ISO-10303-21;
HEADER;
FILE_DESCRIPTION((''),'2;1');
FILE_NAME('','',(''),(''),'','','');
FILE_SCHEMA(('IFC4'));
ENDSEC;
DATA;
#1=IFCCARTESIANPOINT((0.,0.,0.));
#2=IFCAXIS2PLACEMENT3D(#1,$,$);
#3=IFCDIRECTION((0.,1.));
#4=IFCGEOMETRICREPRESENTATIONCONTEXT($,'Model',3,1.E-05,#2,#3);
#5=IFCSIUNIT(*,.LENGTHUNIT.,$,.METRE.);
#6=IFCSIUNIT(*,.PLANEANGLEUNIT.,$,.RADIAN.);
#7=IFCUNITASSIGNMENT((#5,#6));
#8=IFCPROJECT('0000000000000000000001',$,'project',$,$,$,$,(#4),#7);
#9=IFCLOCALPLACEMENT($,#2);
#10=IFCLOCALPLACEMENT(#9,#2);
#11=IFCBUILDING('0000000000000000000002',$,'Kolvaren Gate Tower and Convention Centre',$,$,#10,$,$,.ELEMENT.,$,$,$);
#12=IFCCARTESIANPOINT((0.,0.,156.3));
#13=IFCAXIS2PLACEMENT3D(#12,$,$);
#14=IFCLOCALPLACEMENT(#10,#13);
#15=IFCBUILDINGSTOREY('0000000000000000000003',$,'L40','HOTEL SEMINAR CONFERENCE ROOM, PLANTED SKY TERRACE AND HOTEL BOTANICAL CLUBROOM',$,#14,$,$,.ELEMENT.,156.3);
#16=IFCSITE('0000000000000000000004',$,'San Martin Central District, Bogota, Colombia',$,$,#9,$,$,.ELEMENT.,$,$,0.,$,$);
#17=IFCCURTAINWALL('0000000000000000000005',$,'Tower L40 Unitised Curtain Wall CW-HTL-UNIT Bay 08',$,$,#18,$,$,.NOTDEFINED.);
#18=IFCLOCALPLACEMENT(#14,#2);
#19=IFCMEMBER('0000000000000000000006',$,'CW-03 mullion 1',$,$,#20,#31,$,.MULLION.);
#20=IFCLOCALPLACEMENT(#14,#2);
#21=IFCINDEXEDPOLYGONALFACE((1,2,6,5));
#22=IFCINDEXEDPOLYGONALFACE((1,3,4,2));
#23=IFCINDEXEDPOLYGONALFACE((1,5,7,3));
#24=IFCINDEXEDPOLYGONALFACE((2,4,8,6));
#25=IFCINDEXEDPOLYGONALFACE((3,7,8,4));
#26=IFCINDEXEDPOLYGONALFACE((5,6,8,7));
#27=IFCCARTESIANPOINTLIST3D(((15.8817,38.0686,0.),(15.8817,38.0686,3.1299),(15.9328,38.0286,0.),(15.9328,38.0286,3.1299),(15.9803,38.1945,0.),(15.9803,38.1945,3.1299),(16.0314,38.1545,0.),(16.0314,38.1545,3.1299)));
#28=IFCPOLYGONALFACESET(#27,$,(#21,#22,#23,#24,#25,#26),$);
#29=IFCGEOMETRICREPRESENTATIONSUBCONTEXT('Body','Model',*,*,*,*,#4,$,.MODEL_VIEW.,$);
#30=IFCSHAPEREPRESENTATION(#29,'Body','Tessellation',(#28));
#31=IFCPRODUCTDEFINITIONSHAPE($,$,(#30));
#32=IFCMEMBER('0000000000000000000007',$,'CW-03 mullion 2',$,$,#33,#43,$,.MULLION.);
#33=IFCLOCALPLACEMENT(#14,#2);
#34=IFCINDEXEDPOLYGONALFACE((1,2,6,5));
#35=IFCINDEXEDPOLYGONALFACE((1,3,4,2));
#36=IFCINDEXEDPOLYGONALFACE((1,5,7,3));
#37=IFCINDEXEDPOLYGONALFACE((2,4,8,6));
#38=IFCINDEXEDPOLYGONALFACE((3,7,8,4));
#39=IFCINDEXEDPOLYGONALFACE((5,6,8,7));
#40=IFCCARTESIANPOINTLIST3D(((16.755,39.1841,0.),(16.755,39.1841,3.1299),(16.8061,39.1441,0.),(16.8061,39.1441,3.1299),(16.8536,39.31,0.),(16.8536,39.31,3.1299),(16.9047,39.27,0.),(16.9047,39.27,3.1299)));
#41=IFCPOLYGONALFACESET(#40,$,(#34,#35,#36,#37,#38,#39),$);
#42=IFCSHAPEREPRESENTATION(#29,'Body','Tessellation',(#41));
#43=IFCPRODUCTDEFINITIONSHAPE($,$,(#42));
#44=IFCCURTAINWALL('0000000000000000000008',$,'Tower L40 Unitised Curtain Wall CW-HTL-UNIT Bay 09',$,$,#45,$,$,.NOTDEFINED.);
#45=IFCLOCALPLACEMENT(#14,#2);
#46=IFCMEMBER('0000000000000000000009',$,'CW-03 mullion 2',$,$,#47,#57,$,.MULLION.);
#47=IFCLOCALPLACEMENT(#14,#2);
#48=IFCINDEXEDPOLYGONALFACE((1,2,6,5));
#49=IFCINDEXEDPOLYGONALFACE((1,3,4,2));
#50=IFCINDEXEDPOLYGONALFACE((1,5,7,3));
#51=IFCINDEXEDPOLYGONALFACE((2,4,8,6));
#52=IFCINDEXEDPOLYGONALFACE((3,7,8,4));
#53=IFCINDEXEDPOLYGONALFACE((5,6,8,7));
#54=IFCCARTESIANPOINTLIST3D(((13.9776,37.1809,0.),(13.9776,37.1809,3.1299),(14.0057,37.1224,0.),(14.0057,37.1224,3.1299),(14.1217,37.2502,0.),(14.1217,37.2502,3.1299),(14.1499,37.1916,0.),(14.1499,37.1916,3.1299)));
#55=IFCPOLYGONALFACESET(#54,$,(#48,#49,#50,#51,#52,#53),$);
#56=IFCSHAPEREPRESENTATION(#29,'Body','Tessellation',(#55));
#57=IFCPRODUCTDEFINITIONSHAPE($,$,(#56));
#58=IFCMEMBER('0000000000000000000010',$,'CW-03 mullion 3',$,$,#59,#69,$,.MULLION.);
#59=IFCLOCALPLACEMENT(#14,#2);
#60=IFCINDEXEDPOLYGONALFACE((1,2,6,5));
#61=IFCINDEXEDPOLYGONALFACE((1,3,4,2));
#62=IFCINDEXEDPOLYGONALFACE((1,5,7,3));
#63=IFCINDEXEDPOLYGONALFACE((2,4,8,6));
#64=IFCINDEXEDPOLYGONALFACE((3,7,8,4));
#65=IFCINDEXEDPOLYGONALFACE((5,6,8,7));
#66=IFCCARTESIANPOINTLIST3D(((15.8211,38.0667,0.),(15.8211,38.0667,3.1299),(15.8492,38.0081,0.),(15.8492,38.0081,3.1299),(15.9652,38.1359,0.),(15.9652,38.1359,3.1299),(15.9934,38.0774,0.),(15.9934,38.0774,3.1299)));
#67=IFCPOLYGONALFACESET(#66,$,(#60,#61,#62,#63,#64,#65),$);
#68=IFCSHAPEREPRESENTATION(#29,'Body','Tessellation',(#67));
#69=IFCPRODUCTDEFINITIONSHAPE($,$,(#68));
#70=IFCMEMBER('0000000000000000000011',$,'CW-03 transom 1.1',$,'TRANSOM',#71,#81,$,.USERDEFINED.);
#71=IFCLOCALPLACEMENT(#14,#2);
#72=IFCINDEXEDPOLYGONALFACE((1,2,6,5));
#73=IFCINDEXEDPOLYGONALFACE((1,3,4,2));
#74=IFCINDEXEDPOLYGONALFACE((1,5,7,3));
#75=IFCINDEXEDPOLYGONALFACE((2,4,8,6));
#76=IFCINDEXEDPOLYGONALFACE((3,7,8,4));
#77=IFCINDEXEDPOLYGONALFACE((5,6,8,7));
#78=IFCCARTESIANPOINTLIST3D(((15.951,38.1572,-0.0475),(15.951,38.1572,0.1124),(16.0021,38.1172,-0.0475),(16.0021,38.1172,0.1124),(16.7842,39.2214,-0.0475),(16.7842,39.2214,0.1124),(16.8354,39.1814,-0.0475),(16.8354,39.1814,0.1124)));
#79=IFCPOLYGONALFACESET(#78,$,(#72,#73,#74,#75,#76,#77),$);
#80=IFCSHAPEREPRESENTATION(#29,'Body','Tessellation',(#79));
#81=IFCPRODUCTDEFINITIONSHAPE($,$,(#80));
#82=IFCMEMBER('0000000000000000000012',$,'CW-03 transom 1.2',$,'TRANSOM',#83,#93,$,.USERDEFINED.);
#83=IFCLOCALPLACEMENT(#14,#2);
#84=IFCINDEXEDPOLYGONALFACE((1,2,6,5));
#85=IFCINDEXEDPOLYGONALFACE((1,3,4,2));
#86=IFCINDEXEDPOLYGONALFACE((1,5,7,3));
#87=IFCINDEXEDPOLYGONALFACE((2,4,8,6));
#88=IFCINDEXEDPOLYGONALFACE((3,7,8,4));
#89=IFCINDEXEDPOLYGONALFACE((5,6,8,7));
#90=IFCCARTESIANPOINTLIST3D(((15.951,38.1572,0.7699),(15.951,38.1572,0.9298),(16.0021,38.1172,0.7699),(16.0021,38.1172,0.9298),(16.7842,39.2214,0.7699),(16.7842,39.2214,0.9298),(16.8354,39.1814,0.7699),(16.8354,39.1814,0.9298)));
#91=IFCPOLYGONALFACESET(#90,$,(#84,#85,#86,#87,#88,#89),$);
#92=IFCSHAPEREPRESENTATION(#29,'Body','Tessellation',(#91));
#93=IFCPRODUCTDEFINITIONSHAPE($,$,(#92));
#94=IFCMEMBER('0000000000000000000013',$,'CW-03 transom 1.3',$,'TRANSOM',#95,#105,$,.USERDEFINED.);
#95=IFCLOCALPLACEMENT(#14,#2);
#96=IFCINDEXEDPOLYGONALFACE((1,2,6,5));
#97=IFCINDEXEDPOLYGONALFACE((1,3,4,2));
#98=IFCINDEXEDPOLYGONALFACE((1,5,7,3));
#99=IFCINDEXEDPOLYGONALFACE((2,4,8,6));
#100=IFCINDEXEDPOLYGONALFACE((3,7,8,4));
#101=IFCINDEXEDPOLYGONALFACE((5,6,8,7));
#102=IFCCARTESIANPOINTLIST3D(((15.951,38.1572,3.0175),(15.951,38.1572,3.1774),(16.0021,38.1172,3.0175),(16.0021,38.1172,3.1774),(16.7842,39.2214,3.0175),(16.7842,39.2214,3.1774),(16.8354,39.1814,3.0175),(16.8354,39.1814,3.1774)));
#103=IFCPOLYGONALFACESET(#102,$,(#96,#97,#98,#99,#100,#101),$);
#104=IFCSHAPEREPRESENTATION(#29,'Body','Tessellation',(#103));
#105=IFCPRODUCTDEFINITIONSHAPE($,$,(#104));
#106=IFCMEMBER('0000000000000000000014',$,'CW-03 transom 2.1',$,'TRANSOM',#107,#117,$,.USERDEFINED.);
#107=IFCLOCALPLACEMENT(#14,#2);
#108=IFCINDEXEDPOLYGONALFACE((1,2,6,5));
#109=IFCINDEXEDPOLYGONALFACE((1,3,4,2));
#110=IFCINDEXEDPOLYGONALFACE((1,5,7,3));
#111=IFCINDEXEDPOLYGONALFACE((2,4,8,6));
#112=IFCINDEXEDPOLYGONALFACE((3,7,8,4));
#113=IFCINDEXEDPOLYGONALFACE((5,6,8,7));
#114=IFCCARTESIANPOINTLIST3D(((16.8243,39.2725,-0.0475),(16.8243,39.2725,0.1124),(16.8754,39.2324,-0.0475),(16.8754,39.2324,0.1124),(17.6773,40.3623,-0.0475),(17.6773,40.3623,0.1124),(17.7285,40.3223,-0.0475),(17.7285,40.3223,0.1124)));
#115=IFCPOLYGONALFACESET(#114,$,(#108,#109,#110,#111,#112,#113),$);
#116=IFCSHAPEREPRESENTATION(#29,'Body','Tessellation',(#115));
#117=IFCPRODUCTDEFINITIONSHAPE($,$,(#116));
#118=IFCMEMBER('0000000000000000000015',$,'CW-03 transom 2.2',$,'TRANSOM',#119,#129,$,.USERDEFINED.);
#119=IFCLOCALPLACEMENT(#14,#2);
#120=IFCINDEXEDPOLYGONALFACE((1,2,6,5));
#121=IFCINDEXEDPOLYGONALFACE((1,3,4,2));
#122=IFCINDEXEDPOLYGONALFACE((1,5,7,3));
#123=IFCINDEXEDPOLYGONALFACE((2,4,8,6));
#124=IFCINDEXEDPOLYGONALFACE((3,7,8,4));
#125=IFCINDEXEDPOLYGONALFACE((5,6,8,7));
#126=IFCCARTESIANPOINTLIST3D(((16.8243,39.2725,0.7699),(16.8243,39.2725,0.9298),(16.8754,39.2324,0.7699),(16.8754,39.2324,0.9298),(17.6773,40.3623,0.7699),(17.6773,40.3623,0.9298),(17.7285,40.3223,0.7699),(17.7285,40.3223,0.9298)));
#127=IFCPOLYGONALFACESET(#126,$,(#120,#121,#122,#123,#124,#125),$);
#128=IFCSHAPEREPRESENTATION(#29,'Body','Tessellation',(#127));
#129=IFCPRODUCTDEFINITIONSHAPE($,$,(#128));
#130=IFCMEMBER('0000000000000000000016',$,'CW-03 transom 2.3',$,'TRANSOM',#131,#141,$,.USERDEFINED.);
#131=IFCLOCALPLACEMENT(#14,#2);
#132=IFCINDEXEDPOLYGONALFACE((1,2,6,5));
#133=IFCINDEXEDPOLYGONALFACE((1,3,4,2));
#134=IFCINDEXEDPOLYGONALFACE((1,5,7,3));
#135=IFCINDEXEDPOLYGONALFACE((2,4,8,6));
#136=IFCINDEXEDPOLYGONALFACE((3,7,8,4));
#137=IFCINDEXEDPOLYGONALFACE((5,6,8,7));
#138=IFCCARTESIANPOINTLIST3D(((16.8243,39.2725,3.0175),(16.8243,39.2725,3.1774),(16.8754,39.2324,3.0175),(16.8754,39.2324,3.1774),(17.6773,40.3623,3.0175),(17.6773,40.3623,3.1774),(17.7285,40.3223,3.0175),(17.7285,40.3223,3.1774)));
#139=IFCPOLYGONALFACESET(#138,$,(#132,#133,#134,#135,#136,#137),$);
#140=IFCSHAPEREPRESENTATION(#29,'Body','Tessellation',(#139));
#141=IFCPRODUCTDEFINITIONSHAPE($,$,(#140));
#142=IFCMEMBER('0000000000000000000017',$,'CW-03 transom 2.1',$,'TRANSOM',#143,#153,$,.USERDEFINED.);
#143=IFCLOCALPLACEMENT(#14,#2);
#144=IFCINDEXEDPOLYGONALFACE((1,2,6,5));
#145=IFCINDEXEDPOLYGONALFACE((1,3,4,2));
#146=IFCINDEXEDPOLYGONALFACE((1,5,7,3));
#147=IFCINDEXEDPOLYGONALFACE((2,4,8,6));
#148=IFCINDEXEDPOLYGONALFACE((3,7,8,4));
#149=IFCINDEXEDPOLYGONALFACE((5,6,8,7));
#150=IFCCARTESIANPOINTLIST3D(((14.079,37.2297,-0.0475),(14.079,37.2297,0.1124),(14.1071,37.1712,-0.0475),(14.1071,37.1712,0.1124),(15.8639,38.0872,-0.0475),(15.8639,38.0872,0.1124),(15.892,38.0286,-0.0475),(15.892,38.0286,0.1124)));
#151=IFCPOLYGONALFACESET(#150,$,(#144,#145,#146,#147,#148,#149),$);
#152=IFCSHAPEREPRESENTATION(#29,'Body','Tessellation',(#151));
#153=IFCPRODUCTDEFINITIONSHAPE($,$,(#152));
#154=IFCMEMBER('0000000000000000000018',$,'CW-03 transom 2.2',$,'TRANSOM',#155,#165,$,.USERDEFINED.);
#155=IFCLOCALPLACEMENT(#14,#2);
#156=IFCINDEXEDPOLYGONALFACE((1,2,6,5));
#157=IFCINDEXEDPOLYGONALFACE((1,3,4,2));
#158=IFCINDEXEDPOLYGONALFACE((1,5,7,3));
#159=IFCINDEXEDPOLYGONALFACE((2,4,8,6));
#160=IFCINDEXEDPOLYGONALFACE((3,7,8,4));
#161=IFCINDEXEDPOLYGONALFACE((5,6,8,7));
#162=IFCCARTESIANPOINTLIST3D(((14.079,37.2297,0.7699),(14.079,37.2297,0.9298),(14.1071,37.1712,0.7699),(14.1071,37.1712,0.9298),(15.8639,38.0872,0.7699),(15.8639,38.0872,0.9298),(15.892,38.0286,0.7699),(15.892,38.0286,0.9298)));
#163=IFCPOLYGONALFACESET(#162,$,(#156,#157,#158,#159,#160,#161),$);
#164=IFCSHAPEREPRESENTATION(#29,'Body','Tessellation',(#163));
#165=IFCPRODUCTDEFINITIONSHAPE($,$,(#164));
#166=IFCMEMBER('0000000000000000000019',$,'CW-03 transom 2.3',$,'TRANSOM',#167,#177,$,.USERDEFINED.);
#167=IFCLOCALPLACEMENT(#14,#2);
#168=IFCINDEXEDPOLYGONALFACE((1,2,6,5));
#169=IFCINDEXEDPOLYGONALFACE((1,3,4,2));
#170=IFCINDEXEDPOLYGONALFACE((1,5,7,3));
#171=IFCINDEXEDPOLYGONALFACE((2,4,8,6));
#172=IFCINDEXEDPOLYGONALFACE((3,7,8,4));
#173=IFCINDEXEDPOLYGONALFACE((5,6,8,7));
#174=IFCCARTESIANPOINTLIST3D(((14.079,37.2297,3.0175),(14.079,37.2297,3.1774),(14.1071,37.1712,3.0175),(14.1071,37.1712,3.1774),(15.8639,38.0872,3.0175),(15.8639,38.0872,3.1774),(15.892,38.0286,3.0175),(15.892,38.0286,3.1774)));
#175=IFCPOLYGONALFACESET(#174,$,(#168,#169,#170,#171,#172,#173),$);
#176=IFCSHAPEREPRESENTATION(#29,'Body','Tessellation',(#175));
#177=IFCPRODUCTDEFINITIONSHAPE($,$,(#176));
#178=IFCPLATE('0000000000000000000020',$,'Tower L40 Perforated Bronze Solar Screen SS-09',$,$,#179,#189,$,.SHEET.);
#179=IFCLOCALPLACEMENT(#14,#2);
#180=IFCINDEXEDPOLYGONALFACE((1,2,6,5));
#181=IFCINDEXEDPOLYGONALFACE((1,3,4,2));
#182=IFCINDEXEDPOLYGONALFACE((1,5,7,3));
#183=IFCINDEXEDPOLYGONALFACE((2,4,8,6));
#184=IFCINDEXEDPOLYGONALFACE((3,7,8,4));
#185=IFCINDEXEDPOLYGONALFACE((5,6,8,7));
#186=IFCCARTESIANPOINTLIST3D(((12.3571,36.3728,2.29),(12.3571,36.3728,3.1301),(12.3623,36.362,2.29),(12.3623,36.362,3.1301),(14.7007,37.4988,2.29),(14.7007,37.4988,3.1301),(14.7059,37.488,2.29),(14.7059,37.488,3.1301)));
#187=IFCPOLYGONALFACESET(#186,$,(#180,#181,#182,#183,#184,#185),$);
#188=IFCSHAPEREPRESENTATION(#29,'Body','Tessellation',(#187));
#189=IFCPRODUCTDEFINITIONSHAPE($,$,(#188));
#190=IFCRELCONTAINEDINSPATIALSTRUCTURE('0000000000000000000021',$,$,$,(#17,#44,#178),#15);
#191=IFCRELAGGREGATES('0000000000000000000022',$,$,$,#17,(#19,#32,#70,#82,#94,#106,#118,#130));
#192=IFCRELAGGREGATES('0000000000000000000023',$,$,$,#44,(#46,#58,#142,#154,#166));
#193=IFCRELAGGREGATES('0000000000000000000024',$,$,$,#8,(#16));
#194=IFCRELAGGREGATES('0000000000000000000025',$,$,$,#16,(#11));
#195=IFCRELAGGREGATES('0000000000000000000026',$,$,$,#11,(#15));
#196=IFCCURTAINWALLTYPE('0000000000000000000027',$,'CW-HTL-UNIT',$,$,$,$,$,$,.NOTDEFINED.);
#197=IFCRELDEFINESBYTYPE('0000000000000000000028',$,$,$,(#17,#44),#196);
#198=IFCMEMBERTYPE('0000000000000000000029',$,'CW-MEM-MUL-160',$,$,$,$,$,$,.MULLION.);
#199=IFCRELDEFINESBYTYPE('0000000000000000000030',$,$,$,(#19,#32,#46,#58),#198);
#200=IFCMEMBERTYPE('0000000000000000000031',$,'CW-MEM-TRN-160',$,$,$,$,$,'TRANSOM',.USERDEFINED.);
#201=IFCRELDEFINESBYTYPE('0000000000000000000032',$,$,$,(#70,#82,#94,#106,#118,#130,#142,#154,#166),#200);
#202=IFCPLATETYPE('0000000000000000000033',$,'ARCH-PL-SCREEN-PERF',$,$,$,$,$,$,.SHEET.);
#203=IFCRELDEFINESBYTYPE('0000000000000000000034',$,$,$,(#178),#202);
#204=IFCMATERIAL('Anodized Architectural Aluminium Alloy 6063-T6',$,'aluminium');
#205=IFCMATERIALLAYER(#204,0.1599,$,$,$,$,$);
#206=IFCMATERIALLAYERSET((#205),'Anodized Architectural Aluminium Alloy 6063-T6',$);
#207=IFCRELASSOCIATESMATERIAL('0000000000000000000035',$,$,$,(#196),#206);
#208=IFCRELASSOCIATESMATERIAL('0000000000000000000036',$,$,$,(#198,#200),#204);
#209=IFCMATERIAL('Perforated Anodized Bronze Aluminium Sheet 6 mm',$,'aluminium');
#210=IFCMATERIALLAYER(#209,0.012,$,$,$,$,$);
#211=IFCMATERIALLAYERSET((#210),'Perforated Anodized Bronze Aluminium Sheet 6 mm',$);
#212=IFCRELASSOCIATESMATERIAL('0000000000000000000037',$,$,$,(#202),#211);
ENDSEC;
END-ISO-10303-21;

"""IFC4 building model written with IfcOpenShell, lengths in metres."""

from ifc_helpers import new_model, si_unit, direction, frame, origin, origin_2d, place, context, subcontext, project, spatial, rectangle, extrude, material, layer, layer_set, material_profile, profile_set, type_object, element, aggregate, save


model = new_model("IFC4")

# Units and contexts
model_context = context("Model", 3, precision=1e-05, world=origin(), true_north=direction((0.0, 1.0)))
body_context = subcontext(model_context, "Body", "Model", "MODEL_VIEW")
ifc_project = project(units=[si_unit("LENGTHUNIT", "METRE"), si_unit("PLANEANGLEUNIT", "RADIAN")], contexts=[model_context])

# Site, building, storey
site_placement = place(None, origin())
site = spatial("IfcSite", under=ifc_project, at=site_placement, Name="San Martin Central District, Bogota, Colombia", CompositionType="ELEMENT", RefElevation=0.0)
building_placement = place(site_placement, origin())
building = spatial("IfcBuilding", under=site, at=building_placement, Name="Kolvaren Gate Tower and Convention Centre", CompositionType="ELEMENT")
storey_placement = place(building_placement, frame((0.0, 0.0, 156.3)))
storey = spatial("IfcBuildingStorey", under=building, at=storey_placement, Name="L40", Description="HOTEL SEMINAR CONFERENCE ROOM, PLANTED SKY TERRACE AND HOTEL BOTANICAL CLUBROOM", CompositionType="ELEMENT", Elevation=156.3)

# Curtain walls, members
ifc_material_1 = material(Name="Anodized Architectural Aluminium Alloy 6063-T6", Category="aluminium")
ifc_layer_1 = layer(ifc_material_1, 0.1599)
ifc_layer_set_1 = layer_set([ifc_layer_1], Name="Anodized Architectural Aluminium Alloy 6063-T6")
curtain_wall_type = type_object("IfcCurtainWallType", Name="CW-HTL-UNIT", PredefinedType="NOTDEFINED", material=ifc_layer_set_1)
curtain_wall_1_placement = place(storey_placement, origin())
curtain_wall_1 = element("IfcCurtainWall", 1, at=curtain_wall_1_placement, inside=storey, type_object=curtain_wall_type, Name="Tower L40 Unitised Curtain Wall CW-HTL-UNIT Bay 08", PredefinedType="NOTDEFINED")
ifc_material_profile_1 = material_profile(ifc_material_1, rectangle(XDim=0.0649, YDim=0.1599, at=origin_2d()), Name="CW-MEM-MUL-160")
ifc_profile_set_1 = profile_set([ifc_material_profile_1], Name="Anodized Architectural Aluminium Alloy 6063-T6")
member_type_1 = type_object("IfcMemberType", Name="CW-MEM-MUL-160", PredefinedType="MULLION", material=ifc_profile_set_1)
member_1_placement = place(storey_placement, frame((15.9565, 38.1116, 0.0), z_axis=(0.0, 0.0, 1.0), x_axis=(-0.787395, 0.616449, 0.0)))
member_1 = element("IfcMember", 2, at=member_1_placement, type_object=member_type_1, Name="CW-03 mullion 1", PredefinedType="MULLION", context=body_context, shape_type="SweptSolid", body=[
    extrude(rectangle(XDim=0.0649, YDim=0.1599, at=origin_2d()), origin(), (0.0, 0.0, 1.0), 3.1299),
])
member_2_placement = place(storey_placement, frame((16.8298, 39.2271, 0.0), z_axis=(0.0, 0.0, 1.0), x_axis=(-0.787395, 0.616449, 0.0)))
member_2 = element("IfcMember", 3, at=member_2_placement, type_object=member_type_1, Name="CW-03 mullion 2", PredefinedType="MULLION", context=body_context, shape_type="SweptSolid", body=[
    extrude(rectangle(XDim=0.0649, YDim=0.1599, at=origin_2d()), origin(), (0.0, 0.0, 1.0), 3.1299),
])
curtain_wall_2_placement = place(storey_placement, origin())
curtain_wall_2 = element("IfcCurtainWall", 4, at=curtain_wall_2_placement, inside=storey, type_object=curtain_wall_type, Name="Tower L40 Unitised Curtain Wall CW-HTL-UNIT Bay 09", PredefinedType="NOTDEFINED")
member_3_placement = place(storey_placement, frame((14.0637, 37.1863, 0.0), z_axis=(0.0, 0.0, 1.0), x_axis=(-0.433065, 0.901363, 0.0)))
member_3 = element("IfcMember", 5, at=member_3_placement, type_object=member_type_1, Name="CW-03 mullion 2", PredefinedType="MULLION", context=body_context, shape_type="SweptSolid", body=[
    extrude(rectangle(XDim=0.0649, YDim=0.1599, at=origin_2d()), origin(), (0.0, 0.0, 1.0), 3.1299),
])
member_4_placement = place(storey_placement, frame((15.9072, 38.072, 0.0), z_axis=(0.0, 0.0, 1.0), x_axis=(-0.433065, 0.901363, 0.0)))
member_4 = element("IfcMember", 6, at=member_4_placement, type_object=member_type_1, Name="CW-03 mullion 3", PredefinedType="MULLION", context=body_context, shape_type="SweptSolid", body=[
    extrude(rectangle(XDim=0.0649, YDim=0.1599, at=origin_2d()), origin(), (0.0, 0.0, 1.0), 3.1299),
])

# Members
ifc_material_profile_2 = material_profile(ifc_material_1, rectangle(XDim=0.0649, YDim=0.1599, at=origin_2d()), Name="CW-MEM-TRN-160")
ifc_profile_set_2 = profile_set([ifc_material_profile_2], Name="Anodized Architectural Aluminium Alloy 6063-T6")
member_type_2 = type_object("IfcMemberType", Name="CW-MEM-TRN-160", ElementType="TRANSOM", PredefinedType="USERDEFINED", material=ifc_profile_set_2)
member_5_placement = place(storey_placement, frame((15.9766, 38.1372, 0.0325), z_axis=(0.616488, 0.787364, 0.0), x_axis=(-0.787364, 0.616488, 0.0)))
member_5 = element("IfcMember", 7, at=member_5_placement, type_object=member_type_2, Name="CW-03 transom 1.1", ObjectType="TRANSOM", PredefinedType="USERDEFINED", context=body_context, shape_type="SweptSolid", body=[
    extrude(rectangle(XDim=0.0649, YDim=0.1599, at=origin_2d()), origin(), (0.0, 0.0, 1.0), 1.3516),
])
member_6_placement = place(storey_placement, frame((15.9766, 38.1372, 0.8499), z_axis=(0.616488, 0.787364, 0.0), x_axis=(-0.787364, 0.616488, 0.0)))
member_6 = element("IfcMember", 8, at=member_6_placement, type_object=member_type_2, Name="CW-03 transom 1.2", ObjectType="TRANSOM", PredefinedType="USERDEFINED", context=body_context, shape_type="SweptSolid", body=[
    extrude(rectangle(XDim=0.0649, YDim=0.1599, at=origin_2d()), origin(), (0.0, 0.0, 1.0), 1.3516),
])
member_7_placement = place(storey_placement, frame((15.9766, 38.1372, 3.0974), z_axis=(0.616488, 0.787364, 0.0), x_axis=(-0.787364, 0.616488, 0.0)))
member_7 = element("IfcMember", 9, at=member_7_placement, type_object=member_type_2, Name="CW-03 transom 1.3", ObjectType="TRANSOM", PredefinedType="USERDEFINED", context=body_context, shape_type="SweptSolid", body=[
    extrude(rectangle(XDim=0.0649, YDim=0.1599, at=origin_2d()), origin(), (0.0, 0.0, 1.0), 1.3516),
])
member_8_placement = place(storey_placement, frame((16.8499, 39.2524, 0.0325), z_axis=(0.616356, 0.787468, 0.0), x_axis=(-0.787468, 0.616356, 0.0)))
member_8 = element("IfcMember", 10, at=member_8_placement, type_object=member_type_2, Name="CW-03 transom 2.1", ObjectType="TRANSOM", PredefinedType="USERDEFINED", context=body_context, shape_type="SweptSolid", body=[
    extrude(rectangle(XDim=0.0649, YDim=0.1599, at=origin_2d()), origin(), (0.0, 0.0, 1.0), 1.384),
])
member_9_placement = place(storey_placement, frame((16.8499, 39.2524, 0.8499), z_axis=(0.616356, 0.787468, 0.0), x_axis=(-0.787468, 0.616356, 0.0)))
member_9 = element("IfcMember", 11, at=member_9_placement, type_object=member_type_2, Name="CW-03 transom 2.2", ObjectType="TRANSOM", PredefinedType="USERDEFINED", context=body_context, shape_type="SweptSolid", body=[
    extrude(rectangle(XDim=0.0649, YDim=0.1599, at=origin_2d()), origin(), (0.0, 0.0, 1.0), 1.384),
])
member_10_placement = place(storey_placement, frame((16.8499, 39.2524, 3.0974), z_axis=(0.616356, 0.787468, 0.0), x_axis=(-0.787468, 0.616356, 0.0)))
member_10 = element("IfcMember", 12, at=member_10_placement, type_object=member_type_2, Name="CW-03 transom 2.3", ObjectType="TRANSOM", PredefinedType="USERDEFINED", context=body_context, shape_type="SweptSolid", body=[
    extrude(rectangle(XDim=0.0649, YDim=0.1599, at=origin_2d()), origin(), (0.0, 0.0, 1.0), 1.384),
])
member_11_placement = place(storey_placement, frame((14.093, 37.2004, 0.0325), z_axis=(0.901392, 0.433004, 0.0), x_axis=(-0.433004, 0.901392, 0.0)))
member_11 = element("IfcMember", 13, at=member_11_placement, type_object=member_type_2, Name="CW-03 transom 2.1", ObjectType="TRANSOM", PredefinedType="USERDEFINED", context=body_context, shape_type="SweptSolid", body=[
    extrude(rectangle(XDim=0.0649, YDim=0.1599, at=origin_2d()), origin(), (0.0, 0.0, 1.0), 1.9802),
])
member_12_placement = place(storey_placement, frame((14.093, 37.2004, 0.8499), z_axis=(0.901392, 0.433004, 0.0), x_axis=(-0.433004, 0.901392, 0.0)))
member_12 = element("IfcMember", 14, at=member_12_placement, type_object=member_type_2, Name="CW-03 transom 2.2", ObjectType="TRANSOM", PredefinedType="USERDEFINED", context=body_context, shape_type="SweptSolid", body=[
    extrude(rectangle(XDim=0.0649, YDim=0.1599, at=origin_2d()), origin(), (0.0, 0.0, 1.0), 1.9802),
])
member_13_placement = place(storey_placement, frame((14.093, 37.2004, 3.0974), z_axis=(0.901392, 0.433004, 0.0), x_axis=(-0.433004, 0.901392, 0.0)))
member_13 = element("IfcMember", 15, at=member_13_placement, type_object=member_type_2, Name="CW-03 transom 2.3", ObjectType="TRANSOM", PredefinedType="USERDEFINED", context=body_context, shape_type="SweptSolid", body=[
    extrude(rectangle(XDim=0.0649, YDim=0.1599, at=origin_2d()), origin(), (0.0, 0.0, 1.0), 1.9802),
])

# Plate
ifc_material_2 = material(Name="Perforated Anodized Bronze Aluminium Sheet 6 mm", Category="aluminium")
ifc_layer_2 = layer(ifc_material_2, 0.012)
ifc_layer_set_2 = layer_set([ifc_layer_2], Name="Perforated Anodized Bronze Aluminium Sheet 6 mm")
plate_type_1 = type_object("IfcPlateType", Name="ARCH-PL-SCREEN-PERF", PredefinedType="SHEET", material=ifc_layer_set_2)
plate_1_placement = place(storey_placement, frame((13.5315, 36.9304, 2.29), z_axis=(0.0, 0.0, 1.0), x_axis=(0.901358, 0.433074, 0.0)))
element("IfcPlate", 16, at=plate_1_placement, inside=storey, type_object=plate_type_1, Name="Tower L40 Perforated Bronze Solar Screen SS-09", PredefinedType="SHEET", context=body_context, shape_type="SweptSolid", body=[
    extrude(rectangle(XDim=2.6001, YDim=0.012, at=origin_2d()), origin(), (0.0, 0.0, 1.0), 0.8401),
])
aggregate(curtain_wall_1, [member_1, member_2, member_5, member_6, member_7, member_8, member_9, member_10])
aggregate(curtain_wall_2, [member_3, member_4, member_11, member_12, member_13])

save(model, "model.ifc")
